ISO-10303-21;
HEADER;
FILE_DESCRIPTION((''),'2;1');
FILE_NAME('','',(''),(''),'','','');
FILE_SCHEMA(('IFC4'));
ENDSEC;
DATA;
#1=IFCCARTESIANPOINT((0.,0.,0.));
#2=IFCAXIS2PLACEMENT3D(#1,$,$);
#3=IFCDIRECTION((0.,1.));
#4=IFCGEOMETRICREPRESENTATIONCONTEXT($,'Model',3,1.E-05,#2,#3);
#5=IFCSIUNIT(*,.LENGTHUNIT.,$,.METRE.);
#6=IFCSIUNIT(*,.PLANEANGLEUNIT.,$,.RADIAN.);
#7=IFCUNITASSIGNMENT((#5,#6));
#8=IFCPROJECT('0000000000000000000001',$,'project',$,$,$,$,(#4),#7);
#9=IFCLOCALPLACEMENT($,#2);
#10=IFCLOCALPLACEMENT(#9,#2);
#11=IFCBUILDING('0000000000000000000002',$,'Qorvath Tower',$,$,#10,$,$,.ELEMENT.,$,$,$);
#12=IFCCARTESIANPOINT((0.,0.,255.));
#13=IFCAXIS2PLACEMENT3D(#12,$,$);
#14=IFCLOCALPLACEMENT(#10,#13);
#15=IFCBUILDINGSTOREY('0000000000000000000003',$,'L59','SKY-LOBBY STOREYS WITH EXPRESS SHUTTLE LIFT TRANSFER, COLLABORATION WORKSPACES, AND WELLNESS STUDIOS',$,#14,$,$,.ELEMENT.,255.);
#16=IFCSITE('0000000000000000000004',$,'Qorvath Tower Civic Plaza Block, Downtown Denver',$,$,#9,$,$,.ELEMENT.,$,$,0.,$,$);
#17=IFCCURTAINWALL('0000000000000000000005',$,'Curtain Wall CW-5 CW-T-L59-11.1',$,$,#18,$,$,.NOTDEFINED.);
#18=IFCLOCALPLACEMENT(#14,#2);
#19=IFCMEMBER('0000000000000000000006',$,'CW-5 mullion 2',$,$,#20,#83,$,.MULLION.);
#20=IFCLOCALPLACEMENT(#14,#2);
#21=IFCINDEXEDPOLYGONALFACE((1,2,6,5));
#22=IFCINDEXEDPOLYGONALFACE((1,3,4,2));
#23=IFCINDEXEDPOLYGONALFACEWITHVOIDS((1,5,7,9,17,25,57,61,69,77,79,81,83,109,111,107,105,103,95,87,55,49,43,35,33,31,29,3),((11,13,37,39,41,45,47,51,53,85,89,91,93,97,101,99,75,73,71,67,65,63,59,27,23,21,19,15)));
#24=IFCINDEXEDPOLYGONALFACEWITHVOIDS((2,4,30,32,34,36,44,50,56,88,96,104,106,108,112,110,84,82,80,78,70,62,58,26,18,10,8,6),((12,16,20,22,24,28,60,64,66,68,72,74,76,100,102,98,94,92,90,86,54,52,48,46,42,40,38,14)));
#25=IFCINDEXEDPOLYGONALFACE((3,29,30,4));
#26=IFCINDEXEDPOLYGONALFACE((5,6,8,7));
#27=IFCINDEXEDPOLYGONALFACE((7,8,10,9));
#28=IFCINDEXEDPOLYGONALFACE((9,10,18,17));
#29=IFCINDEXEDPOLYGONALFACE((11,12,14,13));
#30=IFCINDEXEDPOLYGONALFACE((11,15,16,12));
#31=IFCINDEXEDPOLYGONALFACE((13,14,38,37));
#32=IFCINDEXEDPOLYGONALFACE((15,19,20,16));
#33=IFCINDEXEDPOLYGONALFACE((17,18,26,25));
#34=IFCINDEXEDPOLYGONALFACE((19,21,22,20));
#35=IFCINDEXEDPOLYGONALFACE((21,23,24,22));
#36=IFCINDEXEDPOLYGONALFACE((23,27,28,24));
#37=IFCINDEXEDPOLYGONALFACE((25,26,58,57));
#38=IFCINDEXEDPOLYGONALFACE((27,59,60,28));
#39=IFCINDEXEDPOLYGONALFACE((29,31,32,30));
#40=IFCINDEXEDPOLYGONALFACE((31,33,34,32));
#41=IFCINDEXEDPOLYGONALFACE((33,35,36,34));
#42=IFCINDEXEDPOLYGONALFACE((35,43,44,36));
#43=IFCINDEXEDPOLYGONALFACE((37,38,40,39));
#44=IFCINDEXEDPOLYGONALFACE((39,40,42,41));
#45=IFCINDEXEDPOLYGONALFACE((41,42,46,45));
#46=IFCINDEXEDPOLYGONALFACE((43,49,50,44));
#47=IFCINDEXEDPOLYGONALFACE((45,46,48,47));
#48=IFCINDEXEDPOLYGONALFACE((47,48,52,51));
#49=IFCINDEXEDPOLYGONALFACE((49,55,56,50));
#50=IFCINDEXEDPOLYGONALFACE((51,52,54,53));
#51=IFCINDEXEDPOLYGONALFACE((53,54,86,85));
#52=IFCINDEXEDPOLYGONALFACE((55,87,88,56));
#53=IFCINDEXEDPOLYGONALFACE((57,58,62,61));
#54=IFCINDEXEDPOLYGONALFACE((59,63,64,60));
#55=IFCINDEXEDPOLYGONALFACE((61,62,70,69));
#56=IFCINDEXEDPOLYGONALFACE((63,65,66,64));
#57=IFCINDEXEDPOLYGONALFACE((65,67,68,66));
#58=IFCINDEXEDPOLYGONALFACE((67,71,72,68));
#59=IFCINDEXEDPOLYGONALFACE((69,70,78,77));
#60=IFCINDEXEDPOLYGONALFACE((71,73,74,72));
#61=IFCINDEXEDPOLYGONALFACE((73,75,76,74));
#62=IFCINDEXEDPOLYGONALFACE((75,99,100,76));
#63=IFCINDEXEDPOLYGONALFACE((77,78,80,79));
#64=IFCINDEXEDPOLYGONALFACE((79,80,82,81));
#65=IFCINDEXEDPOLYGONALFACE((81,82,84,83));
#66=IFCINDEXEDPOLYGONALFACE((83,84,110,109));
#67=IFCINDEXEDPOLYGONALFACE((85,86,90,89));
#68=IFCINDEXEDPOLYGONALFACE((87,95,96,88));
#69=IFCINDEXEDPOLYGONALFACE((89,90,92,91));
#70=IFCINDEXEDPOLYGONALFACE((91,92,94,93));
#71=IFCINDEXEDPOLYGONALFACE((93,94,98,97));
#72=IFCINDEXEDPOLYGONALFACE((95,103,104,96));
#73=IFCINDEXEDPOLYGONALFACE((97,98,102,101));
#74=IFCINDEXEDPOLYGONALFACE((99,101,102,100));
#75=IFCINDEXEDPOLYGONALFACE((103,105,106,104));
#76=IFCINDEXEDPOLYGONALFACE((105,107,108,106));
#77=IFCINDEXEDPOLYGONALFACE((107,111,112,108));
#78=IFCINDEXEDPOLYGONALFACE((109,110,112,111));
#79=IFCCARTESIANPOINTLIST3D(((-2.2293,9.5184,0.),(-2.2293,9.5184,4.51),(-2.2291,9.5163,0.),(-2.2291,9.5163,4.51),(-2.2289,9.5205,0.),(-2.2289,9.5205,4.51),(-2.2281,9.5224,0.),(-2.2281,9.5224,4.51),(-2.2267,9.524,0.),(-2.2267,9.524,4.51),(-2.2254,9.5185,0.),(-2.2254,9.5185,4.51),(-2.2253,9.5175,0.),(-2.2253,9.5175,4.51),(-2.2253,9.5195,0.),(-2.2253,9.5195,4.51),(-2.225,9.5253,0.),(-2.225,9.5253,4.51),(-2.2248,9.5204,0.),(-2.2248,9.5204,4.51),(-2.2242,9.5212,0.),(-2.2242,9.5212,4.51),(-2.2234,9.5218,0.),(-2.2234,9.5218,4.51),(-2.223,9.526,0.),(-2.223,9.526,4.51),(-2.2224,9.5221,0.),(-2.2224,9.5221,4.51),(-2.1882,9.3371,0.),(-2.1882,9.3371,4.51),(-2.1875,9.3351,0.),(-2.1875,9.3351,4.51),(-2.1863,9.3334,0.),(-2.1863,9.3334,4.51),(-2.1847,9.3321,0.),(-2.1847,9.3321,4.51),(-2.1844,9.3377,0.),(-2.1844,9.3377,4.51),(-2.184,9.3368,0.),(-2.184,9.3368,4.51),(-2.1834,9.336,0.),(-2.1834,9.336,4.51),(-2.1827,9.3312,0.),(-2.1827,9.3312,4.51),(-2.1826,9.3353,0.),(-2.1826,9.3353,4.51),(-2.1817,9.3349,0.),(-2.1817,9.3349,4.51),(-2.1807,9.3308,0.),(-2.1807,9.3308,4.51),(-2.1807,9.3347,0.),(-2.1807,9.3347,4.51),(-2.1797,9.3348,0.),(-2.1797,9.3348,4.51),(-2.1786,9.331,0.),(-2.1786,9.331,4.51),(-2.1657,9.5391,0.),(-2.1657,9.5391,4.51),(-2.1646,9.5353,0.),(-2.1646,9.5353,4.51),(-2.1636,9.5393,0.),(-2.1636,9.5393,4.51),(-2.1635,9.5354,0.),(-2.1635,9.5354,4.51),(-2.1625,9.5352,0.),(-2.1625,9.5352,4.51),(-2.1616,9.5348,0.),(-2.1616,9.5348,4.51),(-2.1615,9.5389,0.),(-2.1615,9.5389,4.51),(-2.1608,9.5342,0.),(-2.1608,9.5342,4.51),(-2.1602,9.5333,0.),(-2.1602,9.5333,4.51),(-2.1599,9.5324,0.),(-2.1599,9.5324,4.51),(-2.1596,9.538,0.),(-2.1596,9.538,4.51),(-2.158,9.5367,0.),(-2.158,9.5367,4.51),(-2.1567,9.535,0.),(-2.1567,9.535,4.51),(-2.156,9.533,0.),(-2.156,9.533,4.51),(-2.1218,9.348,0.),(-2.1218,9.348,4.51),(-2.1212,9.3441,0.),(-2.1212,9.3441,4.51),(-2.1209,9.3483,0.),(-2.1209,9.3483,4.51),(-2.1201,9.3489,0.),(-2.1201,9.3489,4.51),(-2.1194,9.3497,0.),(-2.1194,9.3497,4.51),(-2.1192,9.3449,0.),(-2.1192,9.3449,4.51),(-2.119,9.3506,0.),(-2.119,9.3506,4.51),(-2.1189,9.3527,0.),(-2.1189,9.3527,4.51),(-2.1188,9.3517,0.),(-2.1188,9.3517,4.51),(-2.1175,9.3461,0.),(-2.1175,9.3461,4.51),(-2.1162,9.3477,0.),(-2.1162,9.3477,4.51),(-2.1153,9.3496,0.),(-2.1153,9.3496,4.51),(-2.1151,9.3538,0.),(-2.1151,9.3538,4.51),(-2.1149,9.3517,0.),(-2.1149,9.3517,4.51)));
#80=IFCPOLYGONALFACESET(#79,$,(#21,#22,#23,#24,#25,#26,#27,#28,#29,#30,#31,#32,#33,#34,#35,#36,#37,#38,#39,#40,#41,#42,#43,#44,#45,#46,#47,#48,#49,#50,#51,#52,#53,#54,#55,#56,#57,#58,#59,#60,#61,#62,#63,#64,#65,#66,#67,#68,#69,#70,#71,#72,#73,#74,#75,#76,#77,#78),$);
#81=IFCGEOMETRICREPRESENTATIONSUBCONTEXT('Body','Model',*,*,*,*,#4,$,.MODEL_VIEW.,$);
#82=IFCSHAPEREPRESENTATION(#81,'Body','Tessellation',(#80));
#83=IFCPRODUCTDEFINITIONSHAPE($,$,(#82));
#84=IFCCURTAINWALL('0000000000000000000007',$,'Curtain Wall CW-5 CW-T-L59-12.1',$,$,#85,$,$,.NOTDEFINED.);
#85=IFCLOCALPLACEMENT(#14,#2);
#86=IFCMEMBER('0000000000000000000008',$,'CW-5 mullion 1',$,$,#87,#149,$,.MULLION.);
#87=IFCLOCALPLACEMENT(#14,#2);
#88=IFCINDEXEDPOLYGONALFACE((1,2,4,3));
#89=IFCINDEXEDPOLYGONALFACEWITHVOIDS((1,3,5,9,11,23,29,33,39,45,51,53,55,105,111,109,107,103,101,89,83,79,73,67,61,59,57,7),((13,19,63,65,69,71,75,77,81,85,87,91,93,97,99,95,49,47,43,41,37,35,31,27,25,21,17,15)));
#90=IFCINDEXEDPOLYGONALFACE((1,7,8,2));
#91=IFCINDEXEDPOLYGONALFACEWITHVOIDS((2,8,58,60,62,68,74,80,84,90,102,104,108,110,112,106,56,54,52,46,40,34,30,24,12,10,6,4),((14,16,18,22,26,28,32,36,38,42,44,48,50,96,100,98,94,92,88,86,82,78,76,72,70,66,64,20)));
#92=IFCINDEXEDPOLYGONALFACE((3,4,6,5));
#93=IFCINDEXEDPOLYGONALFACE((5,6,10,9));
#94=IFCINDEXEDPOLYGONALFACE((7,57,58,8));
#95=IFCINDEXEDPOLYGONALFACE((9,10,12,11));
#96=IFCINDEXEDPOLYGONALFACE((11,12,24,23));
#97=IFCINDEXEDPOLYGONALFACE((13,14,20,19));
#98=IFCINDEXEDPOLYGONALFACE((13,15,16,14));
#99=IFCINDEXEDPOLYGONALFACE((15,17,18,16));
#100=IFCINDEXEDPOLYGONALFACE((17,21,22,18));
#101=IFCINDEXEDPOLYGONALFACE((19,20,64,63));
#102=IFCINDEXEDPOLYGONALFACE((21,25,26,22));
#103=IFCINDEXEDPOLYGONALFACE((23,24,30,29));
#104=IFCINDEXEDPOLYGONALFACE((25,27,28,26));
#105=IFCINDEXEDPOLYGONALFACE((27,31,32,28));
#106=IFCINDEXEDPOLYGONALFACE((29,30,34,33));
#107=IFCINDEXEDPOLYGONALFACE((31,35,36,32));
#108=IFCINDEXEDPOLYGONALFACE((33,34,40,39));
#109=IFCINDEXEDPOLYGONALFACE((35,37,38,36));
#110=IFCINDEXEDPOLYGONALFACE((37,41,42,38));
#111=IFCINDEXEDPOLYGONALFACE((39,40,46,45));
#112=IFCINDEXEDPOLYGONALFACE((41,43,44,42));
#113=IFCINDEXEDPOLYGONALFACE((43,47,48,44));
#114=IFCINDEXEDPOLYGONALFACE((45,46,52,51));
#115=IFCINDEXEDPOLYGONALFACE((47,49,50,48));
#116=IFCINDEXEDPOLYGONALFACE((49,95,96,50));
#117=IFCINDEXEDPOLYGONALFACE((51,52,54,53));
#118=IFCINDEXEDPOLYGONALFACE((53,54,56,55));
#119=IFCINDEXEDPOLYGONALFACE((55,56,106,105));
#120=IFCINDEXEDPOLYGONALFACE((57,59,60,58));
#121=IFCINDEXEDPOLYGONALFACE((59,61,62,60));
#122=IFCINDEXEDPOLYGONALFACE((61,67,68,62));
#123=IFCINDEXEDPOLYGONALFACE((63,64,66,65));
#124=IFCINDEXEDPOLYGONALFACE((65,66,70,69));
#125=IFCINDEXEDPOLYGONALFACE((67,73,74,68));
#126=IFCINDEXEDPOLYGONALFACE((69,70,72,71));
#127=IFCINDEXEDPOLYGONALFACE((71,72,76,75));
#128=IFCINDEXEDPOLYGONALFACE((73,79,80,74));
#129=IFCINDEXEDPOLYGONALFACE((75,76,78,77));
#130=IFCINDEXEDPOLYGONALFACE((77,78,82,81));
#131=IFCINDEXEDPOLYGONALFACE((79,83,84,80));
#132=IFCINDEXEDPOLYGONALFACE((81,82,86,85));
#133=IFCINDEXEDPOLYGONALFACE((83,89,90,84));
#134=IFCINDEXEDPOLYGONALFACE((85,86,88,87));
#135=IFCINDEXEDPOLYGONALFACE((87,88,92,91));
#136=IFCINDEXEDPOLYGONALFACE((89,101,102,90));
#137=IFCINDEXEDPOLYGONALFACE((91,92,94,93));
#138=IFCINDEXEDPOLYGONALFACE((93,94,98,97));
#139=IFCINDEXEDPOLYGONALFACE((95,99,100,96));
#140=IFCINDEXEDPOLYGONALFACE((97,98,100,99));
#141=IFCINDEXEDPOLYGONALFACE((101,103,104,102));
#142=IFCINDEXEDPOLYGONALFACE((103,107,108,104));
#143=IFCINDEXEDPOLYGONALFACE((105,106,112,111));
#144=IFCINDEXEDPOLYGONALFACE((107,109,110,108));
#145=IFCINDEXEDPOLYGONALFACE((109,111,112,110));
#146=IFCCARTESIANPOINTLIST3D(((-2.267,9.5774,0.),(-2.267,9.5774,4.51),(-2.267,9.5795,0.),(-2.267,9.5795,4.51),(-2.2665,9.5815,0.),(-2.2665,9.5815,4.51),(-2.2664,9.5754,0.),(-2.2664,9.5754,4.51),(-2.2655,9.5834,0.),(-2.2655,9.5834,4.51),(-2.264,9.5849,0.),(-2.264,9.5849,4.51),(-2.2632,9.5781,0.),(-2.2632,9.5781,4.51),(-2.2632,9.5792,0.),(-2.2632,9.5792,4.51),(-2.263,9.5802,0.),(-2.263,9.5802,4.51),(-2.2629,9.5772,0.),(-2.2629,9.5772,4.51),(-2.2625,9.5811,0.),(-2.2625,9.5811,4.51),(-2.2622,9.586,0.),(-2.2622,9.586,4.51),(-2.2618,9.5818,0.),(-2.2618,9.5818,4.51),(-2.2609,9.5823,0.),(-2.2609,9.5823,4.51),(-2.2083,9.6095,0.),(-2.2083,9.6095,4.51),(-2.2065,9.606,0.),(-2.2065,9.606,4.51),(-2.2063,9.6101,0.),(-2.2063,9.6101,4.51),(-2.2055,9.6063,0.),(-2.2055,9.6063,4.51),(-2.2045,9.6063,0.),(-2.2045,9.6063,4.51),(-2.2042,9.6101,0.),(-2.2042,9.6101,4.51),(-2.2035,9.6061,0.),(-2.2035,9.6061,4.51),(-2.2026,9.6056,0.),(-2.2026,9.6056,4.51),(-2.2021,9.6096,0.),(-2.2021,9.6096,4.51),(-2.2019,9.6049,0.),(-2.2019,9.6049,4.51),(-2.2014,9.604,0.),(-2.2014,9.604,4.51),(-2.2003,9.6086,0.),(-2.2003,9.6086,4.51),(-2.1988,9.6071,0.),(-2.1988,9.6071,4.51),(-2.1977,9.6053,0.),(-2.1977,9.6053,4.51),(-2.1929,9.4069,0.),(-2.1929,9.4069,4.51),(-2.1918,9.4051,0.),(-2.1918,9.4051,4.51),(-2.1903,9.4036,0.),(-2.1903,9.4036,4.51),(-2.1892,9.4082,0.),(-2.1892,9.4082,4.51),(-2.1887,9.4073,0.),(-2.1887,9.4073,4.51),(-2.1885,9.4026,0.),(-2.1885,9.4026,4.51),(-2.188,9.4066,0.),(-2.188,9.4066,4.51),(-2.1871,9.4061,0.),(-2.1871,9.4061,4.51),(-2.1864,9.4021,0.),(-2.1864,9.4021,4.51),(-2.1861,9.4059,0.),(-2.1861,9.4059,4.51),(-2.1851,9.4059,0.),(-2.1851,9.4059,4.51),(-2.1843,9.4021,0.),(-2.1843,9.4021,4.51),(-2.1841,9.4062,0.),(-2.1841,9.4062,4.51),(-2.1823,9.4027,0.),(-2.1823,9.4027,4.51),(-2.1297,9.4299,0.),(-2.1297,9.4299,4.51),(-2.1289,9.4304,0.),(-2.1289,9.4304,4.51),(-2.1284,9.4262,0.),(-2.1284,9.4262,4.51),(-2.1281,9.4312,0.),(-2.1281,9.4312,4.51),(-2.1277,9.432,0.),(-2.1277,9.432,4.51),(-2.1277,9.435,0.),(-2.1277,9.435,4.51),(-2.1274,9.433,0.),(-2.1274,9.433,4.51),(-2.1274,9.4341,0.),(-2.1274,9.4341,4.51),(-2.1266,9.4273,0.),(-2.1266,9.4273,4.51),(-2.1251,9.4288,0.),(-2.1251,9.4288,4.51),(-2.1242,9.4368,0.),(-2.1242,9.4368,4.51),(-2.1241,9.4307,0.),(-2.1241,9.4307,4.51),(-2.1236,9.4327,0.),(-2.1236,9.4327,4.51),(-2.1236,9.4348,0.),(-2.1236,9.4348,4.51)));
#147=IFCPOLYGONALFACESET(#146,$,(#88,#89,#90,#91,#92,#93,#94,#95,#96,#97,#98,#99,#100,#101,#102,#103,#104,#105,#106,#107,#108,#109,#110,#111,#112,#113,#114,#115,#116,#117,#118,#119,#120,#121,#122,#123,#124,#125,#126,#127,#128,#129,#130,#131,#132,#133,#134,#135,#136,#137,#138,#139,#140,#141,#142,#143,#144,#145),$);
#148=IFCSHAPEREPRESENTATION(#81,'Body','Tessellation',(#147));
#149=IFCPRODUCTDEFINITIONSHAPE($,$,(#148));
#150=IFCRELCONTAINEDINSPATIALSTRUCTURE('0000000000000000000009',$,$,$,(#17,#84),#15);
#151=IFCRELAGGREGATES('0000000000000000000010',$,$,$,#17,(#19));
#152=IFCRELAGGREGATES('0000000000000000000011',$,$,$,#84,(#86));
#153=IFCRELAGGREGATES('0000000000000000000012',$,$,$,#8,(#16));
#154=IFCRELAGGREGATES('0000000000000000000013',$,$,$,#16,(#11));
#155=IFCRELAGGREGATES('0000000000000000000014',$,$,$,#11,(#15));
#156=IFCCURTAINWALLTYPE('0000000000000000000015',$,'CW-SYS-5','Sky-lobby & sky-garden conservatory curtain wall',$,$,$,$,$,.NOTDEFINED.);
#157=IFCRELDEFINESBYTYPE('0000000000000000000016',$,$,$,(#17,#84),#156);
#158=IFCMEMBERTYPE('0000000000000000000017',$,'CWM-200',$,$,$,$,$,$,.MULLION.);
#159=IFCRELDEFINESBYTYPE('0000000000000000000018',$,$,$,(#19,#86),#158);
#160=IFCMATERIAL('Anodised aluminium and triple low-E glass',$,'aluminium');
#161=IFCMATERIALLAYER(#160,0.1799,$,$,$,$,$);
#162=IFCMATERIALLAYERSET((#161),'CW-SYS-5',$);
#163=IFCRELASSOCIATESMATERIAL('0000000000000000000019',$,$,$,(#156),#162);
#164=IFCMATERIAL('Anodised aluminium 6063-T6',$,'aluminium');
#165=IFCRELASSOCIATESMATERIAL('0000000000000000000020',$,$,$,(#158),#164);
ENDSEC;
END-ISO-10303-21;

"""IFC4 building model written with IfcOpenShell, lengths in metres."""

from ifc_helpers import new_model, si_unit, direction, frame, origin, origin_2d, place, context, subcontext, project, spatial, hollow_rectangle, extrude, material, layer, layer_set, material_profile, profile_set, type_object, element, aggregate, save


model = new_model("IFC4")

# Units and contexts
model_context = context("Model", 3, precision=1e-05, world=origin(), true_north=direction((0.0, 1.0)))
body_context = subcontext(model_context, "Body", "Model", "MODEL_VIEW")
ifc_project = project(units=[si_unit("LENGTHUNIT", "METRE"), si_unit("PLANEANGLEUNIT", "RADIAN")], contexts=[model_context])

# Site, building, storey
site_placement = place(None, origin())
site = spatial("IfcSite", under=ifc_project, at=site_placement, Name="Qorvath Tower Civic Plaza Block, Downtown Denver", CompositionType="ELEMENT", RefElevation=0.0)
building_placement = place(site_placement, origin())
building = spatial("IfcBuilding", under=site, at=building_placement, Name="Qorvath Tower", CompositionType="ELEMENT")
storey_placement = place(building_placement, frame((0.0, 0.0, 255.0)))
storey = spatial("IfcBuildingStorey", under=building, at=storey_placement, Name="L59", Description="SKY-LOBBY STOREYS WITH EXPRESS SHUTTLE LIFT TRANSFER, COLLABORATION WORKSPACES, AND WELLNESS STUDIOS", CompositionType="ELEMENT", Elevation=255.0)

# Curtain wall, member
ifc_material_1 = material(Name="Anodised aluminium and triple low-E glass", Category="aluminium")
ifc_layer_1 = layer(ifc_material_1, 0.1799)
ifc_layer_set_1 = layer_set([ifc_layer_1], Name="CW-SYS-5")
curtain_wall_type = type_object("IfcCurtainWallType", Name="CW-SYS-5", Description="Sky-lobby & sky-garden conservatory curtain wall", PredefinedType="NOTDEFINED", material=ifc_layer_set_1)
curtain_wall_1_placement = place(storey_placement, origin())
curtain_wall_1 = element("IfcCurtainWall", 1, at=curtain_wall_1_placement, inside=storey, type_object=curtain_wall_type, Name="Curtain Wall CW-5 CW-T-L59-11.1", PredefinedType="NOTDEFINED")
ifc_material_2 = material(Name="Anodised aluminium 6063-T6", Category="aluminium")
ifc_material_profile_1 = material_profile(ifc_material_2, hollow_rectangle(XDim=0.075, YDim=0.2, WallThickness=0.0039, InnerFilletRadius=0.0039, OuterFilletRadius=0.0081, at=origin_2d()), Name="CWM 200x75")
ifc_profile_set_1 = profile_set([ifc_material_profile_1], Name="Anodised aluminium 6063-T6")
member_type_1 = type_object("IfcMemberType", Name="CWM-200", PredefinedType="MULLION", material=ifc_profile_set_1)
member_1_placement = place(storey_placement, frame((-2.1721, 9.4351, 0.0), z_axis=(0.0, 0.0, 1.0), x_axis=(-0.974971, -0.222331, 0.0)))
member_1 = element("IfcMember", 2, at=member_1_placement, type_object=member_type_1, Name="CW-5 mullion 2", PredefinedType="MULLION", context=body_context, shape_type="SweptSolid", body=[
    extrude(hollow_rectangle(XDim=0.075, YDim=0.2, WallThickness=0.0039, InnerFilletRadius=0.0039, OuterFilletRadius=0.0081, at=origin_2d()), origin(), (0.0, 0.0, 1.0), 4.51),
])
aggregate(curtain_wall_1, [member_1])

# Curtain wall, member
curtain_wall_2_placement = place(storey_placement, origin())
curtain_wall_2 = element("IfcCurtainWall", 3, at=curtain_wall_2_placement, inside=storey, type_object=curtain_wall_type, Name="Curtain Wall CW-5 CW-T-L59-12.1", PredefinedType="NOTDEFINED")
member_2_placement = place(storey_placement, frame((-2.1953, 9.5061, 0.0), z_axis=(0.0, 0.0, 1.0), x_axis=(-0.916661, -0.399666, 0.0)))
member_2 = element("IfcMember", 4, at=member_2_placement, type_object=member_type_1, Name="CW-5 mullion 1", PredefinedType="MULLION", context=body_context, shape_type="SweptSolid", body=[
    extrude(hollow_rectangle(XDim=0.075, YDim=0.2, WallThickness=0.0039, InnerFilletRadius=0.0039, OuterFilletRadius=0.0081, at=origin_2d()), origin(), (0.0, 0.0, 1.0), 4.51),
])

aggregate(curtain_wall_2, [member_2])

save(model, "model.ifc")
